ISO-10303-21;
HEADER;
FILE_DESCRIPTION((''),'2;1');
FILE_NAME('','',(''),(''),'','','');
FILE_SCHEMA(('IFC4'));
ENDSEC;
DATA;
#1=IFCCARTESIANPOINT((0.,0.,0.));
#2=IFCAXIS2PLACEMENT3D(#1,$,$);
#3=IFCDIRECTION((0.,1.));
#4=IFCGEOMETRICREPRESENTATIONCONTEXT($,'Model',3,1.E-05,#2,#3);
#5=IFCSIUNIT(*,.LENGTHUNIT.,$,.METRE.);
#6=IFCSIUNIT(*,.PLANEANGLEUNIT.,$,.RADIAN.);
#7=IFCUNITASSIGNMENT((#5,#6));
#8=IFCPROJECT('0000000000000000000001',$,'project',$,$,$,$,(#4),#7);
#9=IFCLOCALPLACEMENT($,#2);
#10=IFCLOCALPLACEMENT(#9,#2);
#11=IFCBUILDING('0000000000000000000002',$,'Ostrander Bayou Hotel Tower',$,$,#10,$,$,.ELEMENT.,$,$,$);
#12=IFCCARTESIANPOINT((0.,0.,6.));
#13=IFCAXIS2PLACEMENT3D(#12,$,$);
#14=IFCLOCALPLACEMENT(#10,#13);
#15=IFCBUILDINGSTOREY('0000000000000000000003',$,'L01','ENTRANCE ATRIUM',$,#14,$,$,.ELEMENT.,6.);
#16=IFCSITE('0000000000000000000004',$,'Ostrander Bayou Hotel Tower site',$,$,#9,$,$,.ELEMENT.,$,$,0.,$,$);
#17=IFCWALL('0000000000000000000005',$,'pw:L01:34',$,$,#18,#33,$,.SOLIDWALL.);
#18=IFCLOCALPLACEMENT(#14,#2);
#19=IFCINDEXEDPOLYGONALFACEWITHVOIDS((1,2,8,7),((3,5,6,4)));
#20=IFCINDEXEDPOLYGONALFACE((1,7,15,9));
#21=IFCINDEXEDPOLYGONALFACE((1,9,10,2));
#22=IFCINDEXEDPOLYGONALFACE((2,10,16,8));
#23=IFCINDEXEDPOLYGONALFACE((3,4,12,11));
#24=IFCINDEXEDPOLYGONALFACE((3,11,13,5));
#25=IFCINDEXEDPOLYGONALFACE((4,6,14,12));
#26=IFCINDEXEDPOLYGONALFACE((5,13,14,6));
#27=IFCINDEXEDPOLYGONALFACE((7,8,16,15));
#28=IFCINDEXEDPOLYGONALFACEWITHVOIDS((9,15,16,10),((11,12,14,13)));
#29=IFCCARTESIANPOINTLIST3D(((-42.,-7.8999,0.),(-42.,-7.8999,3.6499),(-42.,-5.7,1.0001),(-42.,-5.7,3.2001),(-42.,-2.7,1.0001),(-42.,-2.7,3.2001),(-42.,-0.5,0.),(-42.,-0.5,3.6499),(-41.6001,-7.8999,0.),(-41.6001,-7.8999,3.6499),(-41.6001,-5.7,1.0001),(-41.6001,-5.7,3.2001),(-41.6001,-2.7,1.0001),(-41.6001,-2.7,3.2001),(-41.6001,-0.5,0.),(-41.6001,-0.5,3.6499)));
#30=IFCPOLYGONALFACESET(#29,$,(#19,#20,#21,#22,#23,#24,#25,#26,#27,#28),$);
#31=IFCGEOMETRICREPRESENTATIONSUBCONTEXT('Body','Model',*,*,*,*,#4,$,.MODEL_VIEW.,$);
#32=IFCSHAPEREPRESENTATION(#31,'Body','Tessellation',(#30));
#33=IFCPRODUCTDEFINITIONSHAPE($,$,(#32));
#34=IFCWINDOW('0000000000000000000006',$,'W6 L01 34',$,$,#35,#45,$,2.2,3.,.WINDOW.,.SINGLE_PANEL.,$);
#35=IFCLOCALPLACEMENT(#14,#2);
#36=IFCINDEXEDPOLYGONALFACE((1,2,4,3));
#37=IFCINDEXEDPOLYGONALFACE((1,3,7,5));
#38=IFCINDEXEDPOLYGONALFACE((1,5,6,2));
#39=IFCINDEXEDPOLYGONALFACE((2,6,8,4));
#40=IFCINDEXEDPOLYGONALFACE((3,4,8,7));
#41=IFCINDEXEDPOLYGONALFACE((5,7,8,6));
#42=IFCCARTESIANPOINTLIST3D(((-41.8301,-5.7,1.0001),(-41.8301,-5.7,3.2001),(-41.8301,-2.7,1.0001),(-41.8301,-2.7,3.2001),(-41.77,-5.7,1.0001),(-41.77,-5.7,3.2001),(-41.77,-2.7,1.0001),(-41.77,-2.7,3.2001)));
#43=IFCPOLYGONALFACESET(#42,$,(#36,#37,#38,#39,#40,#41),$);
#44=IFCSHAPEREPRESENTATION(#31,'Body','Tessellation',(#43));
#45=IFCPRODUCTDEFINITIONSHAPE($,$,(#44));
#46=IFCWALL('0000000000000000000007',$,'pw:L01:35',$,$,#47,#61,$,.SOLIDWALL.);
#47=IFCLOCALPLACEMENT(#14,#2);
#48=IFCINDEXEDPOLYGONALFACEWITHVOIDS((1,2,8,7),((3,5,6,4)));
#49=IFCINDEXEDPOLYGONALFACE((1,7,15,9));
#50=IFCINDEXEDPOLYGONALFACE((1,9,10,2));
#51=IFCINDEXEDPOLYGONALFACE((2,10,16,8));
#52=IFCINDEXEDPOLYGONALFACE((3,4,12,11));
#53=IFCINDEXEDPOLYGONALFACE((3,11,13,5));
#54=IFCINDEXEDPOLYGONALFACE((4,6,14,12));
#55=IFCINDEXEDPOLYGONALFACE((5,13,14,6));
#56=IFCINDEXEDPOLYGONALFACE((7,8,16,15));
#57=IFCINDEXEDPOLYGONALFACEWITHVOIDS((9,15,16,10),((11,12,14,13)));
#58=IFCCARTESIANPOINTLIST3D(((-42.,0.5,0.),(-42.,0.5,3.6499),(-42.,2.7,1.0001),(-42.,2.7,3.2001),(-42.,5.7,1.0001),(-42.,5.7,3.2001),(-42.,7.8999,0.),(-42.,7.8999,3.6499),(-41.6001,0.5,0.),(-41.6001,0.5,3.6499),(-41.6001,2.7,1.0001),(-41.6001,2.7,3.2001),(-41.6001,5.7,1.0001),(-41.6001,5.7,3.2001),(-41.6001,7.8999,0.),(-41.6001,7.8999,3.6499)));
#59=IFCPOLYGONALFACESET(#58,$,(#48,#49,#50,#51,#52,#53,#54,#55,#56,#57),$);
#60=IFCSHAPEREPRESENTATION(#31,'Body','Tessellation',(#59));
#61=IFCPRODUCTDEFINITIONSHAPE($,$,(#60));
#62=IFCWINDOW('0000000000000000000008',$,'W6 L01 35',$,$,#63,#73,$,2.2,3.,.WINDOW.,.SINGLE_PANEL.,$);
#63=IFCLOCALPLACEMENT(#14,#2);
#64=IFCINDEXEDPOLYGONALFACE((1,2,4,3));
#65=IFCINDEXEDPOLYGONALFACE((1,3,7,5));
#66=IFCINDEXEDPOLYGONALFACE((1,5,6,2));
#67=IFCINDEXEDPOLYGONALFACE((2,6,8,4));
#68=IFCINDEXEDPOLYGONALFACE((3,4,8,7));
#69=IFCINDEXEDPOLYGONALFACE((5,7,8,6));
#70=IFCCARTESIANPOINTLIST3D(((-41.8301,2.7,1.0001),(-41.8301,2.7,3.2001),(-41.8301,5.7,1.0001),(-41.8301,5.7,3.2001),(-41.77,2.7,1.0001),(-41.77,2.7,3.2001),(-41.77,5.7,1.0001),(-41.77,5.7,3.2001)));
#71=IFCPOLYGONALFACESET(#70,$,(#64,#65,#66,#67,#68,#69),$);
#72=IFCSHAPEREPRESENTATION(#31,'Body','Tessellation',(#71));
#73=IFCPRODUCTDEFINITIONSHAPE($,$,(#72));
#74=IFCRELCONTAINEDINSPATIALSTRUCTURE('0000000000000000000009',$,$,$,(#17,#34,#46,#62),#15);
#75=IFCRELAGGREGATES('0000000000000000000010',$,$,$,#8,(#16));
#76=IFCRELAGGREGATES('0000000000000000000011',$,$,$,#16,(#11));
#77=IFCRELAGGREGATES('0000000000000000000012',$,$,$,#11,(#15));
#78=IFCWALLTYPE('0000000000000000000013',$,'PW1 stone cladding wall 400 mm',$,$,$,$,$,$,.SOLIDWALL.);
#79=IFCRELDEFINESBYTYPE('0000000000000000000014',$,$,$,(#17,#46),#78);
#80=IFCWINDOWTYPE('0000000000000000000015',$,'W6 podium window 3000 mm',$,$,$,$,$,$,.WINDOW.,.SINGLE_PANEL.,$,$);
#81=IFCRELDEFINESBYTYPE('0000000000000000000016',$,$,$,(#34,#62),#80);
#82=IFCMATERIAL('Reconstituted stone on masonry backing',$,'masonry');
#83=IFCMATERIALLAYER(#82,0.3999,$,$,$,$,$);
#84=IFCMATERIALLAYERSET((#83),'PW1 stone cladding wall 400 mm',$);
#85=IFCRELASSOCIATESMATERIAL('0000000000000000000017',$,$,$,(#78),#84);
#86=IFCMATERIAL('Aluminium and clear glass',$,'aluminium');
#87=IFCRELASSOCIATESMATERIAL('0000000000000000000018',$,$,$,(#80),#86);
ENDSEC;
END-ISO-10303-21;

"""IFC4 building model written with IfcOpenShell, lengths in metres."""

from ifc_helpers import new_model, si_unit, direction, frame, frame_2d, origin, place, context, subcontext, project, spatial, rectangle, extrude, material, layer, layer_set, type_object, element, fill, save


model = new_model("IFC4")

# Units and contexts
model_context = context("Model", 3, precision=1e-05, world=origin(), true_north=direction((0.0, 1.0)))
body_context = subcontext(model_context, "Body", "Model", "MODEL_VIEW")
ifc_project = project(units=[si_unit("LENGTHUNIT", "METRE"), si_unit("PLANEANGLEUNIT", "RADIAN")], contexts=[model_context])

# Site, building, storey
site_placement = place(None, origin())
site = spatial("IfcSite", under=ifc_project, at=site_placement, Name="Ostrander Bayou Hotel Tower site", CompositionType="ELEMENT", RefElevation=0.0)
building_placement = place(site_placement, origin())
building = spatial("IfcBuilding", under=site, at=building_placement, Name="Ostrander Bayou Hotel Tower", CompositionType="ELEMENT")
storey_placement = place(building_placement, frame((0.0, 0.0, 6.0)))
storey = spatial("IfcBuildingStorey", under=building, at=storey_placement, Name="L01", Description="ENTRANCE ATRIUM", CompositionType="ELEMENT", Elevation=6.0)

# Walls, openings, windows
ifc_material_1 = material(Name="Reconstituted stone on masonry backing", Category="masonry")
ifc_layer_1 = layer(ifc_material_1, 0.3999)
ifc_layer_set_1 = layer_set([ifc_layer_1], Name="PW1 stone cladding wall 400 mm")
wall_type_1 = type_object("IfcWallType", Name="PW1 stone cladding wall 400 mm", PredefinedType="SOLIDWALL", material=ifc_layer_set_1)
wall_1_placement = place(storey_placement, frame((-41.8, -7.8999, 0.0), z_axis=(0.0, 0.0, 1.0), x_axis=(0.0, 1.0, 0.0)))
wall_1 = element("IfcWall", 1, at=wall_1_placement, inside=storey, type_object=wall_type_1, Name="pw:L01:34", PredefinedType="SOLIDWALL", context=body_context, shape_type="SweptSolid", body=[
    extrude(rectangle(XDim=7.3999, YDim=0.3999, at=frame_2d((3.7, 0.0))), origin(), (0.0, 0.0, 1.0), 3.6499),
])
opening_1_placement = place(wall_1_placement, frame((2.2, 0.0, 1.0)))
opening_1 = element("IfcOpeningElement", 2, at=opening_1_placement, cuts=wall_1, PredefinedType="OPENING", context=body_context, shape_type="SweptSolid", body=[
    extrude(rectangle(XDim=3.0, YDim=2.2, at=frame_2d((1.5, 1.1001))), frame((0.0, 0.2, 0.0), z_axis=(0.0, -1.0, 0.0), x_axis=(1.0, 0.0, 0.0)), (0.0, 0.0, 1.0), 0.3999),
])
ifc_material_2 = material(Name="Aluminium and clear glass", Category="aluminium")
window_type = type_object("IfcWindowType", Name="W6 podium window 3000 mm", PartitioningType="SINGLE_PANEL", PredefinedType="WINDOW", material=ifc_material_2)
window_1_placement = place(opening_1_placement, origin())
window_1 = element("IfcWindow", 3, at=window_1_placement, inside=storey, type_object=window_type, Name="W6 L01 34", OverallHeight=2.2, OverallWidth=3.0, PartitioningType="SINGLE_PANEL", PredefinedType="WINDOW", context=body_context, shape_type="SweptSolid", body=[
    extrude(rectangle(XDim=3.0, YDim=2.2, at=frame_2d((1.5, 1.1001))), frame((0.0, 0.03, 0.0), z_axis=(0.0, -1.0, 0.0), x_axis=(1.0, 0.0, 0.0)), (0.0, 0.0, 1.0), 0.0601),
])
fill(opening_1, window_1)
wall_2_placement = place(storey_placement, frame((-41.8, 0.5, 0.0), z_axis=(0.0, 0.0, 1.0), x_axis=(0.0, 1.0, 0.0)))
wall_2 = element("IfcWall", 4, at=wall_2_placement, inside=storey, type_object=wall_type_1, Name="pw:L01:35", PredefinedType="SOLIDWALL", context=body_context, shape_type="SweptSolid", body=[
    extrude(rectangle(XDim=7.3999, YDim=0.3999, at=frame_2d((3.7, 0.0))), origin(), (0.0, 0.0, 1.0), 3.6499),
])
opening_2_placement = place(wall_2_placement, frame((2.2, 0.0, 1.0)))
opening_2 = element("IfcOpeningElement", 5, at=opening_2_placement, cuts=wall_2, PredefinedType="OPENING", context=body_context, shape_type="SweptSolid", body=[
    extrude(rectangle(XDim=3.0, YDim=2.2, at=frame_2d((1.5, 1.1001))), frame((0.0, 0.2, 0.0), z_axis=(0.0, -1.0, 0.0), x_axis=(1.0, 0.0, 0.0)), (0.0, 0.0, 1.0), 0.3999),
])
window_2_placement = place(opening_2_placement, origin())
window_2 = element("IfcWindow", 6, at=window_2_placement, inside=storey, type_object=window_type, Name="W6 L01 35", OverallHeight=2.2, OverallWidth=3.0, PartitioningType="SINGLE_PANEL", PredefinedType="WINDOW", context=body_context, shape_type="SweptSolid", body=[
    extrude(rectangle(XDim=3.0, YDim=2.2, at=frame_2d((1.5, 1.1001))), frame((0.0, 0.03, 0.0), z_axis=(0.0, -1.0, 0.0), x_axis=(1.0, 0.0, 0.0)), (0.0, 0.0, 1.0), 0.0601),
])
fill(opening_2, window_2)

save(model, "model.ifc")
